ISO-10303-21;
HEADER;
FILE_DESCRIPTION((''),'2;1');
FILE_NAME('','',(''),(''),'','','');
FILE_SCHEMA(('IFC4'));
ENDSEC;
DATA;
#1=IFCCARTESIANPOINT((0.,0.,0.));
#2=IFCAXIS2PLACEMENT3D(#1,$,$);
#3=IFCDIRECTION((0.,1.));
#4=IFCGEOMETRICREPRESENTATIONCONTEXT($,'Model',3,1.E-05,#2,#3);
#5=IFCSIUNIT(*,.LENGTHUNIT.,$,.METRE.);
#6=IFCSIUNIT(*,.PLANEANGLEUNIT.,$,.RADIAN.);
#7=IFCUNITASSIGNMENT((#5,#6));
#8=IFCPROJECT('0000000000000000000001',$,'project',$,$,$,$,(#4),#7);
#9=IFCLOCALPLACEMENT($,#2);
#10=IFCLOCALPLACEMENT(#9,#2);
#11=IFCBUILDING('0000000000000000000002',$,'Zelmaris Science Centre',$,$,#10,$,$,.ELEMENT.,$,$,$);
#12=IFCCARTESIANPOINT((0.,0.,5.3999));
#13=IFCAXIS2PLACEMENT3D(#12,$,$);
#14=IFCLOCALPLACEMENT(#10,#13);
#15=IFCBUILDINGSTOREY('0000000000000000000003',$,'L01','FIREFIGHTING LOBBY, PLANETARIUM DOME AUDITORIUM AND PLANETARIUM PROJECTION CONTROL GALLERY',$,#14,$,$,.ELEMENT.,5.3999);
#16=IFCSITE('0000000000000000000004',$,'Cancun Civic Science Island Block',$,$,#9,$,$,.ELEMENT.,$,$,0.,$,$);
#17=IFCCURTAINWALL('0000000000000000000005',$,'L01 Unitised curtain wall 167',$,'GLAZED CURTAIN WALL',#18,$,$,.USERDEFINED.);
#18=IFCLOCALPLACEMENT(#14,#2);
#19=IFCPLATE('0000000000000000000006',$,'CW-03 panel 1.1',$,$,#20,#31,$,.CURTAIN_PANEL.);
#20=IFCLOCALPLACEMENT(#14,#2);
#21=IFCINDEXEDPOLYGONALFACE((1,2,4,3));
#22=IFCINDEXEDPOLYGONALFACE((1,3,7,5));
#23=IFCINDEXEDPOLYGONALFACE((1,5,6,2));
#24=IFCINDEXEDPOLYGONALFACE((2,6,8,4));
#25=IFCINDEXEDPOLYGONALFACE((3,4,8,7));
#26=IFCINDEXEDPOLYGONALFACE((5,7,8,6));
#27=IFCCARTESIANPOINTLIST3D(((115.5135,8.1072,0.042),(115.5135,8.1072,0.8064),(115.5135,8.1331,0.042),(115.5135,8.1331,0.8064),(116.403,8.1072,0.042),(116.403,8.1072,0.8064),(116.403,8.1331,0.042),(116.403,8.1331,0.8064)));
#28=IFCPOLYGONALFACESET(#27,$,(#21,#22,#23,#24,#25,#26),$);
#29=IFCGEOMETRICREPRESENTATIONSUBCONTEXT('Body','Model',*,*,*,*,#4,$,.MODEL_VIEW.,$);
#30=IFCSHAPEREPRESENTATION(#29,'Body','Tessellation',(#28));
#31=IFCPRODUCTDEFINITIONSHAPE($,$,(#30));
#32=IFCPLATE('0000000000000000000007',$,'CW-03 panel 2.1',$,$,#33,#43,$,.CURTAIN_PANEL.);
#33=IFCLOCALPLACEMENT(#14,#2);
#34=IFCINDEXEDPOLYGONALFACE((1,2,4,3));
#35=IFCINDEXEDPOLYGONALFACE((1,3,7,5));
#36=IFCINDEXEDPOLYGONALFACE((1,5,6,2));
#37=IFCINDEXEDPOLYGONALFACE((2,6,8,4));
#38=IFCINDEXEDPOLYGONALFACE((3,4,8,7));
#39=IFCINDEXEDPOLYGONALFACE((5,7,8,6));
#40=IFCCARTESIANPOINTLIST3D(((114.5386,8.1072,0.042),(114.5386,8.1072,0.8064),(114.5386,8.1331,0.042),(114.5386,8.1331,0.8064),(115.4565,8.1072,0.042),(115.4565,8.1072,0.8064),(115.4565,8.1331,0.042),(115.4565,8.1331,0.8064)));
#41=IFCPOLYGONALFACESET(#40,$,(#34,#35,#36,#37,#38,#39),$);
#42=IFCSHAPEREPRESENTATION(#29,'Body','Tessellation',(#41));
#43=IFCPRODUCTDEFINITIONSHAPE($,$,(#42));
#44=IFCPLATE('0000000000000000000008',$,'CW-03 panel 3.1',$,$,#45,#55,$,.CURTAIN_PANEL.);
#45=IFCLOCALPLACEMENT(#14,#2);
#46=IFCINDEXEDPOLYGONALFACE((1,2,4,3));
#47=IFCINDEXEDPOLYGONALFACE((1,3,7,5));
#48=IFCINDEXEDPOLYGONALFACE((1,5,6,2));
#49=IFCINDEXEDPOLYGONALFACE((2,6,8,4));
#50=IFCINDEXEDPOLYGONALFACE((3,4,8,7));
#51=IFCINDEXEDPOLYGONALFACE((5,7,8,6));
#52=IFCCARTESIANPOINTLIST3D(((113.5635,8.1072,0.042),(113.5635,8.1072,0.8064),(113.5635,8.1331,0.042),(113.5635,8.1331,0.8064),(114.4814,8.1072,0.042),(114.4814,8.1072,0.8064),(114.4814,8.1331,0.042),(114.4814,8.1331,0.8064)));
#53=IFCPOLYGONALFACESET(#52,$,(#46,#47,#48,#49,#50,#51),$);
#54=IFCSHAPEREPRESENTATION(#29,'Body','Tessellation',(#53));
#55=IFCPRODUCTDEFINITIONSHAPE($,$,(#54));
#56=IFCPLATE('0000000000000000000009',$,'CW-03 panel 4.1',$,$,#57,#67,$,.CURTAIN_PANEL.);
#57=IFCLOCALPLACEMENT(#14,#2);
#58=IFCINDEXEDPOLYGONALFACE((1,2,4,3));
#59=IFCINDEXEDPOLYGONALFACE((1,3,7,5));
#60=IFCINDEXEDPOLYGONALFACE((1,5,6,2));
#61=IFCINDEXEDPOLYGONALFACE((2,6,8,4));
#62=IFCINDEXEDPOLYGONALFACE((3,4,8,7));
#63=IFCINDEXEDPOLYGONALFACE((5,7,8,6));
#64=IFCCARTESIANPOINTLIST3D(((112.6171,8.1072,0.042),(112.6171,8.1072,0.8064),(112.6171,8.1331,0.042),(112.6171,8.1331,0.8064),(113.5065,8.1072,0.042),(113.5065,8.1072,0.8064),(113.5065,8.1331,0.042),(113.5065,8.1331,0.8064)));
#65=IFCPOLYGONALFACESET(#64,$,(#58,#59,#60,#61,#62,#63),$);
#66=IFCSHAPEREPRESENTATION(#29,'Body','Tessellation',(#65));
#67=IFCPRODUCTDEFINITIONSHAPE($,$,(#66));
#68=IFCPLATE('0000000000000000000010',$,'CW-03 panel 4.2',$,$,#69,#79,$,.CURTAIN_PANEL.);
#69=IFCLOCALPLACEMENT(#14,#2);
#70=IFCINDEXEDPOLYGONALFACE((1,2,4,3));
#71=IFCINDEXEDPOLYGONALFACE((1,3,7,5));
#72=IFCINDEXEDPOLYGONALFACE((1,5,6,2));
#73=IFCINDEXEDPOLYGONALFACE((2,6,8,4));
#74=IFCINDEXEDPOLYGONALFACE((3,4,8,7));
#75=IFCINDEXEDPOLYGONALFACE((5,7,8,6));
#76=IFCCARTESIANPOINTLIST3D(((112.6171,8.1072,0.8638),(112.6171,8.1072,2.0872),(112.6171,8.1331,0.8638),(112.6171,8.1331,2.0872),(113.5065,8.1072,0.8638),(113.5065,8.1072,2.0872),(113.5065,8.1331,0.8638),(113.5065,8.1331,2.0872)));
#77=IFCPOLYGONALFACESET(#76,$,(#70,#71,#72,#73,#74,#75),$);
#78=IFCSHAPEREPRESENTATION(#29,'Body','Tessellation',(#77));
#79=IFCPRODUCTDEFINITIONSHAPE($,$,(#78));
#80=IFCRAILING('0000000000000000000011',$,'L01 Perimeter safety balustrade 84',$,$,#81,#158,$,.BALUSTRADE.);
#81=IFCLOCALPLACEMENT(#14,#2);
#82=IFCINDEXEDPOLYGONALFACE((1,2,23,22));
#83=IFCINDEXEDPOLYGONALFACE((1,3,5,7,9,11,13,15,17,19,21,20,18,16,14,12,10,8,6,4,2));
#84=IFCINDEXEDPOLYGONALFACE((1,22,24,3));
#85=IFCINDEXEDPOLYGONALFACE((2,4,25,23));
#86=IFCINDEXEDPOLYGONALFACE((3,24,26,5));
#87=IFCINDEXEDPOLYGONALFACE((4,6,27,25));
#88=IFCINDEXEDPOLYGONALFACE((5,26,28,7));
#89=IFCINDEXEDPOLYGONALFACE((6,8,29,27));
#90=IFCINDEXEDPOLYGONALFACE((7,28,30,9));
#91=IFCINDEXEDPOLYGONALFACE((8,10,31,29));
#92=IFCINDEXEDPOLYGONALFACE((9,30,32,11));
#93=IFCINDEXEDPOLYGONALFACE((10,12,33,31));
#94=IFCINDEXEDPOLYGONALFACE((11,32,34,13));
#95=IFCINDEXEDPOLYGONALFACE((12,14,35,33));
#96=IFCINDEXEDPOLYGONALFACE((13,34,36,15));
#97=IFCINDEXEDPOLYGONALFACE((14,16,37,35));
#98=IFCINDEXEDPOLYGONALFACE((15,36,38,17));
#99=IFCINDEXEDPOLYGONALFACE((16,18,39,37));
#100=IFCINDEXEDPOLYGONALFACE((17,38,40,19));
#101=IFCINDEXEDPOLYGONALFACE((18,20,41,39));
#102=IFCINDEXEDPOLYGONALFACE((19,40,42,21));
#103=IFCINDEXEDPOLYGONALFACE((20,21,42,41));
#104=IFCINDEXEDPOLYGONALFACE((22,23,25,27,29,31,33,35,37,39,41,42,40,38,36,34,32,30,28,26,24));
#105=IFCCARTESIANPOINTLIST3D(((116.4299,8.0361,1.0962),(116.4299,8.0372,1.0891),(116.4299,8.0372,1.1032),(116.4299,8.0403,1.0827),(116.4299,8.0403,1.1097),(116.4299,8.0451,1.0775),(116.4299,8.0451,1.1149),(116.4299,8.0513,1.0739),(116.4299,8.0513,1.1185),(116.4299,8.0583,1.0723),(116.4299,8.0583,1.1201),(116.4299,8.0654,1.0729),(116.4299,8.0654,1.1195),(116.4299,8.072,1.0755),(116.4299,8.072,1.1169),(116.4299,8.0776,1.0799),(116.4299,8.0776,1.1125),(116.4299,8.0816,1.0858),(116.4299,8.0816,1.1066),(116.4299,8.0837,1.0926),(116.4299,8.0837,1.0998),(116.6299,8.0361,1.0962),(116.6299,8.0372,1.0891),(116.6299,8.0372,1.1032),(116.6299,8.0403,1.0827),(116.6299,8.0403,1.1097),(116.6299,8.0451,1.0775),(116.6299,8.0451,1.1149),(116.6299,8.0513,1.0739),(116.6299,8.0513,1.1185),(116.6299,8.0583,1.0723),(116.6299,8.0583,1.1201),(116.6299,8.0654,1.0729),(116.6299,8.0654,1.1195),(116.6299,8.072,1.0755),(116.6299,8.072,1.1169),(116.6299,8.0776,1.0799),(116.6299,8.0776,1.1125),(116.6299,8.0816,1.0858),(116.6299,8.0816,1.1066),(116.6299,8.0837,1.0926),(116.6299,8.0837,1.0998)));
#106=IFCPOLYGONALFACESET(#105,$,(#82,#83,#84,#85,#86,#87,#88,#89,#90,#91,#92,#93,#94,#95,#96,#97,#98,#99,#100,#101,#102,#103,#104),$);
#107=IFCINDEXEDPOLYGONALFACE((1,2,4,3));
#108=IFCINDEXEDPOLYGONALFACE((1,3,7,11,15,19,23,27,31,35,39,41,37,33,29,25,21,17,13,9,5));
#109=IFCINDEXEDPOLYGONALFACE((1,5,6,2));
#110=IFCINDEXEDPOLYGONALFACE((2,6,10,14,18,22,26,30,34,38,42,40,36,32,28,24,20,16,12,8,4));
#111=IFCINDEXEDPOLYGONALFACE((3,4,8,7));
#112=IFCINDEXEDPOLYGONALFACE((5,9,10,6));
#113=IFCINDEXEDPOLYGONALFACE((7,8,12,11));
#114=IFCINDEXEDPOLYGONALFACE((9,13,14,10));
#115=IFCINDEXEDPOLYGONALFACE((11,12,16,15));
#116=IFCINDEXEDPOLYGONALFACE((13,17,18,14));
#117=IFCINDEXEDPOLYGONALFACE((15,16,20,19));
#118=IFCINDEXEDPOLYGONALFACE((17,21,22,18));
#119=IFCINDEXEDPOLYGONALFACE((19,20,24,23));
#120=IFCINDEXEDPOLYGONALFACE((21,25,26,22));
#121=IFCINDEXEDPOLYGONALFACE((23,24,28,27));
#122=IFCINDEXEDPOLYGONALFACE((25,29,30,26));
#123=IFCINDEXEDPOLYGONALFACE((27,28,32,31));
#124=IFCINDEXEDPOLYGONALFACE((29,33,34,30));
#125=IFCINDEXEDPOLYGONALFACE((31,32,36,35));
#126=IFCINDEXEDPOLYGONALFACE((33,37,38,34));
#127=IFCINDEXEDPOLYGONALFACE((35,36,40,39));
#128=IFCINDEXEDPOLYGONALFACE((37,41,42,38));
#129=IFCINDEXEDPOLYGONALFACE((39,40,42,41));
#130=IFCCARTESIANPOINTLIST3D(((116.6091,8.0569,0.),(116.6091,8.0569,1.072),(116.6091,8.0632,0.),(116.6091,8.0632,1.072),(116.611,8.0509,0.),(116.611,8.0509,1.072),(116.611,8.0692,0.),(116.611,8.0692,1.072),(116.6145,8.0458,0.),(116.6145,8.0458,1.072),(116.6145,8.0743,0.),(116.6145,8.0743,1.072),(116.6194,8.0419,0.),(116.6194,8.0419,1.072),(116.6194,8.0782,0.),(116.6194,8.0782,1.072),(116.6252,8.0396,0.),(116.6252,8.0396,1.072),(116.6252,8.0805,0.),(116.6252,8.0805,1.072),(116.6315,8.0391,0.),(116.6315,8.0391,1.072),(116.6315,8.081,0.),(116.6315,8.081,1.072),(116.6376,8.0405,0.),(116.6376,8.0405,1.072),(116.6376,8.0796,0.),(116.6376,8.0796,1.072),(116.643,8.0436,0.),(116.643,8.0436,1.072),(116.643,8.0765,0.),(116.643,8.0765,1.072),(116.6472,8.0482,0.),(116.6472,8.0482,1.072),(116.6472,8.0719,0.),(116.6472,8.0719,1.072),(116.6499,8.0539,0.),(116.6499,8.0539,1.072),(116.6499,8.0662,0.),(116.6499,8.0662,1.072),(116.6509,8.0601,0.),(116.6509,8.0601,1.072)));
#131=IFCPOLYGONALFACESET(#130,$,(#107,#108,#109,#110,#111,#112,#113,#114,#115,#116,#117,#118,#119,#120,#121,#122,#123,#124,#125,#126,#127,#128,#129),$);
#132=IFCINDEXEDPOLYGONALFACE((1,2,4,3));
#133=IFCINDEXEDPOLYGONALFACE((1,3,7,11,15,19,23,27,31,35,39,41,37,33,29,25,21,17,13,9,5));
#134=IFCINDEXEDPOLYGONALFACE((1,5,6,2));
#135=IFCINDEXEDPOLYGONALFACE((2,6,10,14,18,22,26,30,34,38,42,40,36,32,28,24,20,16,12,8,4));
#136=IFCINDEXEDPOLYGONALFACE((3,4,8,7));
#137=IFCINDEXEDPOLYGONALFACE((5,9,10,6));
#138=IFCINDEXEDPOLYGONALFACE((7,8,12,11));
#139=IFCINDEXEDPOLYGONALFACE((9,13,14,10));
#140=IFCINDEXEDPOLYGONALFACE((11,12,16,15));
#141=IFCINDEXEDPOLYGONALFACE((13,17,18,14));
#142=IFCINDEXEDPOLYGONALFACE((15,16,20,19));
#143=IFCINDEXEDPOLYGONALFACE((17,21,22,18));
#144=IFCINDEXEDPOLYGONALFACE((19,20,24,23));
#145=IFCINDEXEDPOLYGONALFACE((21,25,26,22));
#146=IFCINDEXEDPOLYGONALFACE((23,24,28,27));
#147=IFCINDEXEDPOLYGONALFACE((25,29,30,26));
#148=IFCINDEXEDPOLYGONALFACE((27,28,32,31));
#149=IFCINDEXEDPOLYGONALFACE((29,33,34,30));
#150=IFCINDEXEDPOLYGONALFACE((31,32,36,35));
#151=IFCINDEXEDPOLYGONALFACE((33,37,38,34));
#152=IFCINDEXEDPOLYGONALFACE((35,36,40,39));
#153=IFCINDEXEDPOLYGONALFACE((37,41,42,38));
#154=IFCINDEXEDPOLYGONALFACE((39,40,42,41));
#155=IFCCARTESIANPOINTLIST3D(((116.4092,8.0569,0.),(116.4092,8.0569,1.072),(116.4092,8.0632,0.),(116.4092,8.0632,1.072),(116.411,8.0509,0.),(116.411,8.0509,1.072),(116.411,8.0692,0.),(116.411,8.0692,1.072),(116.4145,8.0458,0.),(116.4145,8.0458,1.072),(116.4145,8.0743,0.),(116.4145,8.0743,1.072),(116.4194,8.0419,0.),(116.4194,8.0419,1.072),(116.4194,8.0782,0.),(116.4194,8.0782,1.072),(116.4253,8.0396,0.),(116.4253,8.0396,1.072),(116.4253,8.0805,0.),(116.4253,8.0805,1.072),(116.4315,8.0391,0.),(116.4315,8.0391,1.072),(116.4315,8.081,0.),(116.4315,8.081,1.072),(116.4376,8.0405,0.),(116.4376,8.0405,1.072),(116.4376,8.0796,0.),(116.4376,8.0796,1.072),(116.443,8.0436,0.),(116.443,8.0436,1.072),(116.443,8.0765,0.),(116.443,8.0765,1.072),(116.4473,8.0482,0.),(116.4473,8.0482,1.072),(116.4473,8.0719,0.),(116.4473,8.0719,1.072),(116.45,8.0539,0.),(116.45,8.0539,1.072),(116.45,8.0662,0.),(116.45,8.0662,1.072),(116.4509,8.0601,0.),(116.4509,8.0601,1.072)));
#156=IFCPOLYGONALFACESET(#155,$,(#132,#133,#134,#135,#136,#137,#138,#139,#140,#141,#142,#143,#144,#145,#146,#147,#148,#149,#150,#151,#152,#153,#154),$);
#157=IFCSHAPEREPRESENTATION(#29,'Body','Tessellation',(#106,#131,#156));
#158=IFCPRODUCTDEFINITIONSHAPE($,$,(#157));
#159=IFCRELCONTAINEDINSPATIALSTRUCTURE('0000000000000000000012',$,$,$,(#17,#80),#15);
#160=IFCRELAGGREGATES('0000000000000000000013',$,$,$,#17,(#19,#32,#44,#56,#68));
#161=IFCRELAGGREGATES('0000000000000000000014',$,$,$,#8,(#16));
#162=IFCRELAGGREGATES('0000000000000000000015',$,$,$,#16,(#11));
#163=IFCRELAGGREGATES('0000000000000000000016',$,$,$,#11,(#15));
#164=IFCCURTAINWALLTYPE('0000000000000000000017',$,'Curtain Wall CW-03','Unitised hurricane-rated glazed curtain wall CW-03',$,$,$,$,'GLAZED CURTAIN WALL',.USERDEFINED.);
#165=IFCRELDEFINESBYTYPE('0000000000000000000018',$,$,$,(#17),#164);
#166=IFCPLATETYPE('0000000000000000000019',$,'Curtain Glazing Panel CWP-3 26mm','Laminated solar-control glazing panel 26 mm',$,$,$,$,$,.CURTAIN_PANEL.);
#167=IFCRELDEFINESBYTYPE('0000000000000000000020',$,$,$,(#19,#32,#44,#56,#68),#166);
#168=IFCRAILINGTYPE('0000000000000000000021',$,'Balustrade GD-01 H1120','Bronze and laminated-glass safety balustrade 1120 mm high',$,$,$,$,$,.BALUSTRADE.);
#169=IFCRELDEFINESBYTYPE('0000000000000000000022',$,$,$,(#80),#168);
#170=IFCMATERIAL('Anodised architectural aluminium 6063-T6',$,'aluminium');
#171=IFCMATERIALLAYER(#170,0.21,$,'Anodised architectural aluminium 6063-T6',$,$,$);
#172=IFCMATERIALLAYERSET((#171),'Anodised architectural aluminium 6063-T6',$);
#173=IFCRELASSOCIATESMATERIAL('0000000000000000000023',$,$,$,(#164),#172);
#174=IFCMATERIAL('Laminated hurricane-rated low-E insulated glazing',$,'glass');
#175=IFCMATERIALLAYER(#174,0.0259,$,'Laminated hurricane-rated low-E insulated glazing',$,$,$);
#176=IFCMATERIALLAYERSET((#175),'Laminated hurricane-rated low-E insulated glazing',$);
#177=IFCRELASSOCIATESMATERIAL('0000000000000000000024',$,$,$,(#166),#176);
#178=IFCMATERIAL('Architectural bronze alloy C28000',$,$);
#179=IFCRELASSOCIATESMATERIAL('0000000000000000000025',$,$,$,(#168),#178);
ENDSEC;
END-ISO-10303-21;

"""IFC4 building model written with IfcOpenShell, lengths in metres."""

from ifc_helpers import new_model, si_unit, direction, frame, origin, origin_2d, place, context, subcontext, project, spatial, rectangle, circle, extrude, material, layer, layer_set, type_object, element, aggregate, save


model = new_model("IFC4")

# Units and contexts
model_context = context("Model", 3, precision=1e-05, world=origin(), true_north=direction((0.0, 1.0)))
body_context = subcontext(model_context, "Body", "Model", "MODEL_VIEW")
ifc_project = project(units=[si_unit("LENGTHUNIT", "METRE"), si_unit("PLANEANGLEUNIT", "RADIAN")], contexts=[model_context])

# Site, building, storey
site_placement = place(None, origin())
site = spatial("IfcSite", under=ifc_project, at=site_placement, Name="Cancun Civic Science Island Block", CompositionType="ELEMENT", RefElevation=0.0)
building_placement = place(site_placement, origin())
building = spatial("IfcBuilding", under=site, at=building_placement, Name="Zelmaris Science Centre", CompositionType="ELEMENT")
storey_placement = place(building_placement, frame((0.0, 0.0, 5.3999)))
storey = spatial("IfcBuildingStorey", under=building, at=storey_placement, Name="L01", Description="FIREFIGHTING LOBBY, PLANETARIUM DOME AUDITORIUM AND PLANETARIUM PROJECTION CONTROL GALLERY", CompositionType="ELEMENT", Elevation=5.3999)

# Curtain wall
ifc_material_1 = material(Name="Anodised architectural aluminium 6063-T6", Category="aluminium")
ifc_layer_1 = layer(ifc_material_1, 0.21, Name="Anodised architectural aluminium 6063-T6")
ifc_layer_set_1 = layer_set([ifc_layer_1], Name="Anodised architectural aluminium 6063-T6")
curtain_wall_type = type_object("IfcCurtainWallType", Name="Curtain Wall CW-03", Description="Unitised hurricane-rated glazed curtain wall CW-03", ElementType="GLAZED CURTAIN WALL", PredefinedType="USERDEFINED", material=ifc_layer_set_1)
curtain_wall_placement = place(storey_placement, origin())
curtain_wall = element("IfcCurtainWall", 1, at=curtain_wall_placement, inside=storey, type_object=curtain_wall_type, Name="L01 Unitised curtain wall 167", ObjectType="GLAZED CURTAIN WALL", PredefinedType="USERDEFINED")

# Plates
ifc_material_2 = material(Name="Laminated hurricane-rated low-E insulated glazing", Category="glass")
ifc_layer_2 = layer(ifc_material_2, 0.0259, Name="Laminated hurricane-rated low-E insulated glazing")
ifc_layer_set_2 = layer_set([ifc_layer_2], Name="Laminated hurricane-rated low-E insulated glazing")
plate_type = type_object("IfcPlateType", Name="Curtain Glazing Panel CWP-3 26mm", Description="Laminated solar-control glazing panel 26 mm", PredefinedType="CURTAIN_PANEL", material=ifc_layer_set_2)
plate_1_placement = place(storey_placement, frame((115.9583, 8.1201, 0.042), z_axis=(0.0, 0.0, 1.0), x_axis=(-1.0, 0.0, 0.0)))
plate_1 = element("IfcPlate", 2, at=plate_1_placement, type_object=plate_type, Name="CW-03 panel 1.1", PredefinedType="CURTAIN_PANEL", context=body_context, shape_type="SweptSolid", body=[
    extrude(rectangle(XDim=0.8894, YDim=0.0259, at=origin_2d()), origin(), (0.0, 0.0, 1.0), 0.7644),
])
plate_2_placement = place(storey_placement, frame((114.9976, 8.1201, 0.042), z_axis=(0.0, 0.0, 1.0), x_axis=(-1.0, 0.0, 0.0)))
plate_2 = element("IfcPlate", 3, at=plate_2_placement, type_object=plate_type, Name="CW-03 panel 2.1", PredefinedType="CURTAIN_PANEL", context=body_context, shape_type="SweptSolid", body=[
    extrude(rectangle(XDim=0.918, YDim=0.0259, at=origin_2d()), origin(), (0.0, 0.0, 1.0), 0.7644),
])
plate_3_placement = place(storey_placement, frame((114.0225, 8.1201, 0.042), z_axis=(0.0, 0.0, 1.0), x_axis=(-1.0, 0.0, 0.0)))
plate_3 = element("IfcPlate", 4, at=plate_3_placement, type_object=plate_type, Name="CW-03 panel 3.1", PredefinedType="CURTAIN_PANEL", context=body_context, shape_type="SweptSolid", body=[
    extrude(rectangle(XDim=0.918, YDim=0.0259, at=origin_2d()), origin(), (0.0, 0.0, 1.0), 0.7644),
])
plate_4_placement = place(storey_placement, frame((113.0618, 8.1201, 0.042), z_axis=(0.0, 0.0, 1.0), x_axis=(-1.0, 0.0, 0.0)))
plate_4 = element("IfcPlate", 5, at=plate_4_placement, type_object=plate_type, Name="CW-03 panel 4.1", PredefinedType="CURTAIN_PANEL", context=body_context, shape_type="SweptSolid", body=[
    extrude(rectangle(XDim=0.8894, YDim=0.0259, at=origin_2d()), origin(), (0.0, 0.0, 1.0), 0.7644),
])
plate_5_placement = place(storey_placement, frame((113.0618, 8.1201, 0.8638), z_axis=(0.0, 0.0, 1.0), x_axis=(-1.0, 0.0, 0.0)))
plate_5 = element("IfcPlate", 6, at=plate_5_placement, type_object=plate_type, Name="CW-03 panel 4.2", PredefinedType="CURTAIN_PANEL", context=body_context, shape_type="SweptSolid", body=[
    extrude(rectangle(XDim=0.8894, YDim=0.0259, at=origin_2d()), origin(), (0.0, 0.0, 1.0), 1.2234),
])
aggregate(curtain_wall, [plate_1, plate_2, plate_3, plate_4, plate_5])

# Railing
ifc_material_3 = material(Name="Architectural bronze alloy C28000")
railing_type = type_object("IfcRailingType", Name="Balustrade GD-01 H1120", Description="Bronze and laminated-glass safety balustrade 1120 mm high", PredefinedType="BALUSTRADE", material=ifc_material_3)
railing_1_placement = place(storey_placement, frame((116.6299, 8.0601, 0.0)))
element("IfcRailing", 7, at=railing_1_placement, inside=storey, type_object=railing_type, Name="L01 Perimeter safety balustrade 84", PredefinedType="BALUSTRADE", context=body_context, shape_type="SweptSolid", body=[
    extrude(circle(Radius=0.0239, at=origin_2d()), frame((0.0, 0.0, 1.0962), z_axis=(-1.0, 0.0, 0.0), x_axis=(0.0, -1.0, 0.0)), (0.0, 0.0, 1.0), 0.2),
    extrude(circle(Radius=0.021, at=origin_2d()), origin(), (0.0, 0.0, 1.0), 1.072),
    extrude(circle(Radius=0.021, at=origin_2d()), frame((-0.2, 0.0, 0.0)), (0.0, 0.0, 1.0), 1.072),
])

save(model, "model.ifc")
